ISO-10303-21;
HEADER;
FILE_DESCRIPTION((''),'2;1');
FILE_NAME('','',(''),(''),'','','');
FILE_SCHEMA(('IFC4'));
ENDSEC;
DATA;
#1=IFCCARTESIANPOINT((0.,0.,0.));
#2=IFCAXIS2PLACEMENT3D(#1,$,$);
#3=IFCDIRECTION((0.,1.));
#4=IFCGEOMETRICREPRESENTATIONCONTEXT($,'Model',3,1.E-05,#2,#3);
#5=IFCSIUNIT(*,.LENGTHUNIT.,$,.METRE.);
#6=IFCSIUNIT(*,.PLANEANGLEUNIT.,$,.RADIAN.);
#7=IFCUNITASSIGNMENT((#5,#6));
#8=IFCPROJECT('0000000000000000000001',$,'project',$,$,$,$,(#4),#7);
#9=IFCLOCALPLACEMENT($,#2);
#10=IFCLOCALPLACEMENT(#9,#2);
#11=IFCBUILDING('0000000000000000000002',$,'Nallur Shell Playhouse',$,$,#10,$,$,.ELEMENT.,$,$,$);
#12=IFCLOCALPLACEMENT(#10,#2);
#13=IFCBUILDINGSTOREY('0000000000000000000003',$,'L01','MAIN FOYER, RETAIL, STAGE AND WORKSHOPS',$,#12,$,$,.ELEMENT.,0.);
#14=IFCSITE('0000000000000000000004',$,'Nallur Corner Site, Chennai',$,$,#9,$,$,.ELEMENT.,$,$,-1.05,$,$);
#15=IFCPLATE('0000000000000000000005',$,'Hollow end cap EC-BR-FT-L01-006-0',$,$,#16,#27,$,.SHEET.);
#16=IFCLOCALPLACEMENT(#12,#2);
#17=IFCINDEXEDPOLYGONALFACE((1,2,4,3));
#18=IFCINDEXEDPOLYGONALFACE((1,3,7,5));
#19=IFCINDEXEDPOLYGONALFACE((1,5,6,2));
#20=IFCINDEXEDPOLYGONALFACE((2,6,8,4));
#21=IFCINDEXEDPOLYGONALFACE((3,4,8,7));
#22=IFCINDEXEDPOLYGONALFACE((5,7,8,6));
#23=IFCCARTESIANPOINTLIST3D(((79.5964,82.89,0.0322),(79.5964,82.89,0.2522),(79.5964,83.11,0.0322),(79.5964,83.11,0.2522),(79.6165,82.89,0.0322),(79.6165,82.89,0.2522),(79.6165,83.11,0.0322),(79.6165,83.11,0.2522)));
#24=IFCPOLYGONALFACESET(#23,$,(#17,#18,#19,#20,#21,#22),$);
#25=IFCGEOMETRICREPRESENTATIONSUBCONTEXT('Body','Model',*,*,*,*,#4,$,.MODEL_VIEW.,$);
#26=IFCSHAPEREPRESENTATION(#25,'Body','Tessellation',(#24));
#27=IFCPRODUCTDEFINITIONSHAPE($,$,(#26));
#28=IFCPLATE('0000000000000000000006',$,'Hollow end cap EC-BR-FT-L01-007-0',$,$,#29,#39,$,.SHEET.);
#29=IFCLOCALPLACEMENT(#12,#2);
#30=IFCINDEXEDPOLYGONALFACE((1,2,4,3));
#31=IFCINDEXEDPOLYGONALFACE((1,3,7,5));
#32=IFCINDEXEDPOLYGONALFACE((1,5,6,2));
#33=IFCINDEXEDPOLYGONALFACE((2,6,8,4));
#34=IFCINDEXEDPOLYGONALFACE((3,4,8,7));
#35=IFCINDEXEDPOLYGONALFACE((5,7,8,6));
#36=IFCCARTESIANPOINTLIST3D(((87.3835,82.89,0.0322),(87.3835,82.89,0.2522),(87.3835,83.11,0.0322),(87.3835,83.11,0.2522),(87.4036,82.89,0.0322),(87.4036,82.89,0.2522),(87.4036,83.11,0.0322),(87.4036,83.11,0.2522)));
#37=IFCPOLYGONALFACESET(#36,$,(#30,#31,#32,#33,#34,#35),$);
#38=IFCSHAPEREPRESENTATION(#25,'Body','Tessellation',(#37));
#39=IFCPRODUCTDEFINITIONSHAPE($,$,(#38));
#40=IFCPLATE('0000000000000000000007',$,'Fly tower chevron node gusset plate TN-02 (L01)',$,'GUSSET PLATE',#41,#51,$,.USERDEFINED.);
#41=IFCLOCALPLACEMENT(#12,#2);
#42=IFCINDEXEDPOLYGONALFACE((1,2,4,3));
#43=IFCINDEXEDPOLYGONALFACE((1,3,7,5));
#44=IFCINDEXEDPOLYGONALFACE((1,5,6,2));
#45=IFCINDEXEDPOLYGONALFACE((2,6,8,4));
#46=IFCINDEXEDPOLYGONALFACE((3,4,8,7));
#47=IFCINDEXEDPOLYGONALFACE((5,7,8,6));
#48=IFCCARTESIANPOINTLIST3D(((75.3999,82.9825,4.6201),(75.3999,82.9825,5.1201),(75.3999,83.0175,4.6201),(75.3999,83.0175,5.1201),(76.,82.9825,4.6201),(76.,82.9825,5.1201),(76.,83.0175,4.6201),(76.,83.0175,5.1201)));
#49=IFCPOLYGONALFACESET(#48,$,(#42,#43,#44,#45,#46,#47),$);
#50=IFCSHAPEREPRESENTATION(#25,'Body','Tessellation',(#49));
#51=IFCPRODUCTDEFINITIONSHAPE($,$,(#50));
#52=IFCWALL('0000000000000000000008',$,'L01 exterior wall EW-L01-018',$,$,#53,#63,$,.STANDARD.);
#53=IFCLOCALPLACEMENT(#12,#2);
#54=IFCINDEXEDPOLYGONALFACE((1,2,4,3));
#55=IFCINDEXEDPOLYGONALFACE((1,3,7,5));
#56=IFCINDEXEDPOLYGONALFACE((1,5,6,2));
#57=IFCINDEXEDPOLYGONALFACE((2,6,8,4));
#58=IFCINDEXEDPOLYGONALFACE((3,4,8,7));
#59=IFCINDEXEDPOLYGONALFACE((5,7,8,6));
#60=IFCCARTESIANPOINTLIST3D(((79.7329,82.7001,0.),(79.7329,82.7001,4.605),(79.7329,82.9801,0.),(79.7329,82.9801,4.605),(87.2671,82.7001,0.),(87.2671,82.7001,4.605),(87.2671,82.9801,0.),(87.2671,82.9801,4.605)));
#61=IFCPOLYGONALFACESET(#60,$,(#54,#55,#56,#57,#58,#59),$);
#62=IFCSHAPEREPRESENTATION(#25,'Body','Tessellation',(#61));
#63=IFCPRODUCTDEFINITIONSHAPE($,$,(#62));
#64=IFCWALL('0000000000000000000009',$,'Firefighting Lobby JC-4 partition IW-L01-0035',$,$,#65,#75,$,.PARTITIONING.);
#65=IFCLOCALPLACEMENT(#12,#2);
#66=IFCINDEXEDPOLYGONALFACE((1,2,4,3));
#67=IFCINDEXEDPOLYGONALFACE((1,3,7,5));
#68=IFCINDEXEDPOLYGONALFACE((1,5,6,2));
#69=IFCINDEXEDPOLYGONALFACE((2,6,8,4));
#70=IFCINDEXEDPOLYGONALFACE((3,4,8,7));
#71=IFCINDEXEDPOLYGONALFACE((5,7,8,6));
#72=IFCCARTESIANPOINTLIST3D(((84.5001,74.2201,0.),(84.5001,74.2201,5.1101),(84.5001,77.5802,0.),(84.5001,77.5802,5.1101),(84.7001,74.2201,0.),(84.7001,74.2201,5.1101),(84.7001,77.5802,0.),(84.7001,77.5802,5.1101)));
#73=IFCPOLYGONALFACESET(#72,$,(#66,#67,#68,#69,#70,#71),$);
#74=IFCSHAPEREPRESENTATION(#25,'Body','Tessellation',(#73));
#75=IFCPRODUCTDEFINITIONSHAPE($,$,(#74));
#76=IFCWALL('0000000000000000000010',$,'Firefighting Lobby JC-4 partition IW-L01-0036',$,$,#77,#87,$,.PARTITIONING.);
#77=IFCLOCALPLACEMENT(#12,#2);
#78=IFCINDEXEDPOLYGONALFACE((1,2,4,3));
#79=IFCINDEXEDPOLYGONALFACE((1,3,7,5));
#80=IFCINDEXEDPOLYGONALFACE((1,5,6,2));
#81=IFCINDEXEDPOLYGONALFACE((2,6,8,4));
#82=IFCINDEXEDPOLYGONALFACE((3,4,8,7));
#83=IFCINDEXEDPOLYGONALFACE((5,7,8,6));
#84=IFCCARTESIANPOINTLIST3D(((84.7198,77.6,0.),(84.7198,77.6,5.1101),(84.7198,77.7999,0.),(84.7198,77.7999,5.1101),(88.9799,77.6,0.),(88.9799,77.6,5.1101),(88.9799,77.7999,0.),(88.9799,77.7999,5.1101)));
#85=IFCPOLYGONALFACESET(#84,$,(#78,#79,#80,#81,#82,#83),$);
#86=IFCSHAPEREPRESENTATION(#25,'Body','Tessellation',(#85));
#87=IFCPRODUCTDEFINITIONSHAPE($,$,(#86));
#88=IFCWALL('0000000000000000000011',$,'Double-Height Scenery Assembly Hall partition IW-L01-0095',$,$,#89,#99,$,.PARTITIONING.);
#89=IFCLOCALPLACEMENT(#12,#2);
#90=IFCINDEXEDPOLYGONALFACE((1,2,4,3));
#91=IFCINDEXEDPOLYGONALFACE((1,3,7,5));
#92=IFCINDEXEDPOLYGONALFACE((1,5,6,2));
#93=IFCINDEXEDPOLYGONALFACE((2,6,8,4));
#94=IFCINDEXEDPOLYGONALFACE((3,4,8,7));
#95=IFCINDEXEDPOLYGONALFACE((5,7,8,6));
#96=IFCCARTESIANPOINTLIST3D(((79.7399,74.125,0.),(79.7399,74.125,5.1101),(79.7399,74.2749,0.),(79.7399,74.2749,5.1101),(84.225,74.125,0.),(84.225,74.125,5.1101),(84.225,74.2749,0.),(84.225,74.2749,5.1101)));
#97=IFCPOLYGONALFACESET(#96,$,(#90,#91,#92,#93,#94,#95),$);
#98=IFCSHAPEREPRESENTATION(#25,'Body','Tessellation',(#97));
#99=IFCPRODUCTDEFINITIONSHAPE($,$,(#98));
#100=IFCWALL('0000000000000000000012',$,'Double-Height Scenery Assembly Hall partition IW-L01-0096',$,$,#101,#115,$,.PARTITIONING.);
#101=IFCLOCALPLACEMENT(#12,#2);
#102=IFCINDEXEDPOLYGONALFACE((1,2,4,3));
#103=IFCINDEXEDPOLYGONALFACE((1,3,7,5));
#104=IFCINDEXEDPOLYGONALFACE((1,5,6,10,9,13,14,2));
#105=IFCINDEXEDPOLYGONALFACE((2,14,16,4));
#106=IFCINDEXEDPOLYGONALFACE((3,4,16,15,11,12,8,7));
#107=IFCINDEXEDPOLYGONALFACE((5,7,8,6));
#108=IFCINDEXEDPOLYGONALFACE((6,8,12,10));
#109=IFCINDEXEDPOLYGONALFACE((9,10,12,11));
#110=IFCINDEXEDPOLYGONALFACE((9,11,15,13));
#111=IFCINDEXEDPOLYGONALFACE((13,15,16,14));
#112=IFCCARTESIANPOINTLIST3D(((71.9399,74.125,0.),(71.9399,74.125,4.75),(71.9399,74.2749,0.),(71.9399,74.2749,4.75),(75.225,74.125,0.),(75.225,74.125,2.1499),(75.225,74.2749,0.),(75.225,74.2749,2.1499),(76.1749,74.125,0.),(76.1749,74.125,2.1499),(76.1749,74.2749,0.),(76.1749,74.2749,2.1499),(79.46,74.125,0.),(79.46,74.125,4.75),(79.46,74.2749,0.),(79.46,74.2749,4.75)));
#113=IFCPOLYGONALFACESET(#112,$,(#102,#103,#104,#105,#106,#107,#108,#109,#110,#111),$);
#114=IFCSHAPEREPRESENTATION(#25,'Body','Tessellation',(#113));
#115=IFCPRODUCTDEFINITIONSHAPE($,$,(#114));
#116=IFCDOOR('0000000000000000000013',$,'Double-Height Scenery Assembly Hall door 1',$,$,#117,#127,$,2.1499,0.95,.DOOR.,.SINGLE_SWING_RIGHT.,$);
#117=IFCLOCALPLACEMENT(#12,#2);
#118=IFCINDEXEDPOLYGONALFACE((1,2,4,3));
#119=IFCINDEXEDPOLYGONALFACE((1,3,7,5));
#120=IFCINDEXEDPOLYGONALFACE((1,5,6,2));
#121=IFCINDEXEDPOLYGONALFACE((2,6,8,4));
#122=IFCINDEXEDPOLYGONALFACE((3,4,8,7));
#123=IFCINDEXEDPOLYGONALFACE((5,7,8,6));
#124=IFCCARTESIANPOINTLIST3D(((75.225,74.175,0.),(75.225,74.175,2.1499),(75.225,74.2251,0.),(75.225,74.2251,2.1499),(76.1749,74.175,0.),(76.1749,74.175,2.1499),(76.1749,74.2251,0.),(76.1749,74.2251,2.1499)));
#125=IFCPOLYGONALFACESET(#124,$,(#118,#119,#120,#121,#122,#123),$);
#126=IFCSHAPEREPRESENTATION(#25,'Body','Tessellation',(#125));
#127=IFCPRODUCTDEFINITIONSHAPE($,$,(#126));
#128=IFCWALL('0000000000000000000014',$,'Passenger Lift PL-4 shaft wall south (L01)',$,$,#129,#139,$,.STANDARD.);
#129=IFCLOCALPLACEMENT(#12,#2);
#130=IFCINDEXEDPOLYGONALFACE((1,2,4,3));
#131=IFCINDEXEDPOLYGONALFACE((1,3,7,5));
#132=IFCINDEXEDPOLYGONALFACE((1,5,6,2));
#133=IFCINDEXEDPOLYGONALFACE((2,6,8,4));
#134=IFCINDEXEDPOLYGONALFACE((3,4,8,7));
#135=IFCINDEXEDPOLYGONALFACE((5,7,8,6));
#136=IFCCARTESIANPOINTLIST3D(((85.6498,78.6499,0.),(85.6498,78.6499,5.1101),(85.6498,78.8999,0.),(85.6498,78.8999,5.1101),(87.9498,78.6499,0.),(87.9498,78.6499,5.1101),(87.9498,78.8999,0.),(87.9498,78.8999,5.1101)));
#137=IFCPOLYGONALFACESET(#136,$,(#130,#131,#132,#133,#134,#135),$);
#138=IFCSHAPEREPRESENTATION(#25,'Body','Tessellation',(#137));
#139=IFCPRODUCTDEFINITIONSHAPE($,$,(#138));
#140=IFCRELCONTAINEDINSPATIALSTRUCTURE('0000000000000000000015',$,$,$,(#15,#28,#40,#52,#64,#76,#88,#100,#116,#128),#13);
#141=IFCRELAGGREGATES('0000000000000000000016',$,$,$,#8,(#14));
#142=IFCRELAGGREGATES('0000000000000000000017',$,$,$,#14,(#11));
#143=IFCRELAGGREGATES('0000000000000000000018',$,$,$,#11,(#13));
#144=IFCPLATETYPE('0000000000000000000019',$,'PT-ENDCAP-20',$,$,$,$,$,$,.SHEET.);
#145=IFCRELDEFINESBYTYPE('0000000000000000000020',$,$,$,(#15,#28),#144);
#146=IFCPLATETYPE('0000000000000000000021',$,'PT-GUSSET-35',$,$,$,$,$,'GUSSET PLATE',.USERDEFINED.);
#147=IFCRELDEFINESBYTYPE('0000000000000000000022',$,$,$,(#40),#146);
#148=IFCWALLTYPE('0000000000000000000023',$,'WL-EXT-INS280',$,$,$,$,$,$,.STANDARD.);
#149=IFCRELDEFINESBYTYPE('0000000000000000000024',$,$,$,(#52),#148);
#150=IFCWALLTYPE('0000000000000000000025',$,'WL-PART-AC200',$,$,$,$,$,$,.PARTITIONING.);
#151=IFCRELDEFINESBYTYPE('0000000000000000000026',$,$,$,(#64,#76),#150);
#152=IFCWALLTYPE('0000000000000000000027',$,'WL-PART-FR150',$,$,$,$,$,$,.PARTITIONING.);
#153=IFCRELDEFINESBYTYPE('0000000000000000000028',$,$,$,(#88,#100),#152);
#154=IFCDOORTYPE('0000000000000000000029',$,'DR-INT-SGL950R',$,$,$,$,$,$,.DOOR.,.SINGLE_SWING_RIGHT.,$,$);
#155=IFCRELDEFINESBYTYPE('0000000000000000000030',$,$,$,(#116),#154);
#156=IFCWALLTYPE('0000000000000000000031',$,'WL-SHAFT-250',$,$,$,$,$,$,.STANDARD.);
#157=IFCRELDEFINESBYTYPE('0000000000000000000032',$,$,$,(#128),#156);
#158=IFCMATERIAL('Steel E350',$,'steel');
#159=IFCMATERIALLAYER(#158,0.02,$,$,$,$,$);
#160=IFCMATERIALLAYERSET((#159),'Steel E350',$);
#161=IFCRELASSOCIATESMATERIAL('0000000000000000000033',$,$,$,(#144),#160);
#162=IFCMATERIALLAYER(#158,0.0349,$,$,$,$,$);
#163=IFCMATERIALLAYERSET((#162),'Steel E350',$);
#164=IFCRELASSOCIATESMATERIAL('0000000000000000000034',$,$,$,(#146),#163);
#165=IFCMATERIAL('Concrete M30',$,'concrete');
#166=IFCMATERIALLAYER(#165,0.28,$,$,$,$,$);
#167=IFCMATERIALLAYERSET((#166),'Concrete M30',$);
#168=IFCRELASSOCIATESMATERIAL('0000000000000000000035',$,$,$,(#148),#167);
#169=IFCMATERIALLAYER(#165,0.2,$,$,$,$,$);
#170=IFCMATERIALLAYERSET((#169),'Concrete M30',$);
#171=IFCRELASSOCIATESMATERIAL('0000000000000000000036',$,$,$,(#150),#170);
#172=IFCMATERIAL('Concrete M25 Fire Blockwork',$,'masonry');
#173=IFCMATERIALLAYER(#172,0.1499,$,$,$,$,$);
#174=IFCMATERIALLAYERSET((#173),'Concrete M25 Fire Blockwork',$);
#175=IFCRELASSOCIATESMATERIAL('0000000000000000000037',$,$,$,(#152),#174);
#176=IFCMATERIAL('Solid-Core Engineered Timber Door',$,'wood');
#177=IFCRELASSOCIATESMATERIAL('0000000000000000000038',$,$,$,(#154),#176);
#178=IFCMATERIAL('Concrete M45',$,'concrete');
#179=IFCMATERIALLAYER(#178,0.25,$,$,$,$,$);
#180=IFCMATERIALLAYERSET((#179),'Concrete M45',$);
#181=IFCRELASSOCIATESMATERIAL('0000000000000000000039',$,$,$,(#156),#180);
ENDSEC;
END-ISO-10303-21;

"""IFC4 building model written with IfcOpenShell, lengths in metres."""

from ifc_helpers import new_model, si_unit, direction, frame, frame_2d, origin, origin_2d, place, context, subcontext, project, spatial, rectangle, extrude, material, layer, layer_set, type_object, element, fill, save


model = new_model("IFC4")

# Units and contexts
model_context = context("Model", 3, precision=1e-05, world=origin(), true_north=direction((0.0, 1.0)))
body_context = subcontext(model_context, "Body", "Model", "MODEL_VIEW")
ifc_project = project(units=[si_unit("LENGTHUNIT", "METRE"), si_unit("PLANEANGLEUNIT", "RADIAN")], contexts=[model_context])

# Site, building, storey
site_placement = place(None, origin())
site = spatial("IfcSite", under=ifc_project, at=site_placement, Name="Nallur Corner Site, Chennai", CompositionType="ELEMENT", RefElevation=-1.05)
building_placement = place(site_placement, origin())
building = spatial("IfcBuilding", under=site, at=building_placement, Name="Nallur Shell Playhouse", CompositionType="ELEMENT")
storey_placement = place(building_placement, origin())
storey = spatial("IfcBuildingStorey", under=building, at=storey_placement, Name="L01", Description="MAIN FOYER, RETAIL, STAGE AND WORKSHOPS", CompositionType="ELEMENT", Elevation=0.0)

# Shared definitions
ifc_material_1 = material(Name="Steel E350", Category="steel")

# Plates
ifc_layer_1 = layer(ifc_material_1, 0.02)
ifc_layer_set_1 = layer_set([ifc_layer_1], Name="Steel E350")
plate_type_1 = type_object("IfcPlateType", Name="PT-ENDCAP-20", PredefinedType="SHEET", material=ifc_layer_set_1)
for number, where, z_axis, x_axis, name in (
    (1, (79.6064, 83.0, 0.0322), (0.0, 0.0, 1.0), (1.0, 0.0, 0.0), "Hollow end cap EC-BR-FT-L01-006-0"),
    (2, (87.3936, 83.0, 0.0322), (0.0, 0.0, 1.0), (1.0, 0.0, 0.0), "Hollow end cap EC-BR-FT-L01-007-0"),
):
    element("IfcPlate", number, at=place(storey_placement, frame(where, z_axis=z_axis, x_axis=x_axis)), inside=storey, type_object=plate_type_1, Name=name, PredefinedType="SHEET", context=body_context, shape_type="SweptSolid", body=[
        extrude(rectangle(XDim=0.02, YDim=0.22, at=origin_2d()), origin(), (0.0, 0.0, 1.0), 0.22),
    ])
ifc_layer_2 = layer(ifc_material_1, 0.0349)
ifc_layer_set_2 = layer_set([ifc_layer_2], Name="Steel E350")
plate_type_2 = type_object("IfcPlateType", Name="PT-GUSSET-35", ElementType="GUSSET PLATE", PredefinedType="USERDEFINED", material=ifc_layer_set_2)
plate_placement = place(storey_placement, frame((75.7, 83.0, 4.6201), z_axis=(0.0, 0.0, 1.0), x_axis=(1.0, 0.0, 0.0)))
element("IfcPlate", 3, at=plate_placement, inside=storey, type_object=plate_type_2, Name="Fly tower chevron node gusset plate TN-02 (L01)", ObjectType="GUSSET PLATE", PredefinedType="USERDEFINED", context=body_context, shape_type="SweptSolid", body=[
    extrude(rectangle(XDim=0.6001, YDim=0.0349, at=origin_2d()), origin(), (0.0, 0.0, 1.0), 0.5),
])

# Walls
ifc_material_2 = material(Name="Concrete M30", Category="concrete")
ifc_layer_3 = layer(ifc_material_2, 0.28)
ifc_layer_set_3 = layer_set([ifc_layer_3], Name="Concrete M30")
wall_type_1 = type_object("IfcWallType", Name="WL-EXT-INS280", PredefinedType="STANDARD", material=ifc_layer_set_3)
wall_1_placement = place(storey_placement, frame((79.7329, 82.8401, 0.0), z_axis=(0.0, 0.0, 1.0), x_axis=(1.0, 0.0, 0.0)))
element("IfcWall", 4, at=wall_1_placement, inside=storey, type_object=wall_type_1, Name="L01 exterior wall EW-L01-018", PredefinedType="STANDARD", context=body_context, shape_type="SweptSolid", body=[
    extrude(rectangle(XDim=7.5342, YDim=0.28, at=frame_2d((3.7671, 0.0))), origin(), (0.0, 0.0, 1.0), 4.605),
])
ifc_layer_4 = layer(ifc_material_2, 0.2)
ifc_layer_set_4 = layer_set([ifc_layer_4], Name="Concrete M30")
wall_type_2 = type_object("IfcWallType", Name="WL-PART-AC200", PredefinedType="PARTITIONING", material=ifc_layer_set_4)
wall_2_placement = place(storey_placement, frame((84.6001, 74.22, 0.0), z_axis=(0.0, 0.0, 1.0), x_axis=(0.0, 1.0, 0.0)))
element("IfcWall", 5, at=wall_2_placement, inside=storey, type_object=wall_type_2, Name="Firefighting Lobby JC-4 partition IW-L01-0035", PredefinedType="PARTITIONING", context=body_context, shape_type="SweptSolid", body=[
    extrude(rectangle(XDim=3.3601, YDim=0.2, at=frame_2d((1.6802, 0.0))), origin(), (0.0, 0.0, 1.0), 5.1101),
])
wall_3_placement = place(storey_placement, frame((84.72, 77.7, 0.0), z_axis=(0.0, 0.0, 1.0), x_axis=(1.0, 0.0, 0.0)))
element("IfcWall", 6, at=wall_3_placement, inside=storey, type_object=wall_type_2, Name="Firefighting Lobby JC-4 partition IW-L01-0036", PredefinedType="PARTITIONING", context=body_context, shape_type="SweptSolid", body=[
    extrude(rectangle(XDim=4.26, YDim=0.2, at=frame_2d((2.1299, 0.0))), origin(), (0.0, 0.0, 1.0), 5.1101),
])
ifc_material_3 = material(Name="Concrete M25 Fire Blockwork", Category="masonry")
ifc_layer_5 = layer(ifc_material_3, 0.1499)
ifc_layer_set_5 = layer_set([ifc_layer_5], Name="Concrete M25 Fire Blockwork")
wall_type_3 = type_object("IfcWallType", Name="WL-PART-FR150", PredefinedType="PARTITIONING", material=ifc_layer_set_5)
wall_4_placement = place(storey_placement, frame((84.2251, 74.2, 0.0), z_axis=(0.0, 0.0, 1.0), x_axis=(-1.0, 0.0, 0.0)))
element("IfcWall", 7, at=wall_4_placement, inside=storey, type_object=wall_type_3, Name="Double-Height Scenery Assembly Hall partition IW-L01-0095", PredefinedType="PARTITIONING", context=body_context, shape_type="SweptSolid", body=[
    extrude(rectangle(XDim=4.4851, YDim=0.1499, at=frame_2d((2.2427, 0.0))), origin(), (0.0, 0.0, 1.0), 5.1101),
])

# Wall, opening, door
wall_5_placement = place(storey_placement, frame((79.46, 74.2, 0.0), z_axis=(0.0, 0.0, 1.0), x_axis=(-1.0, 0.0, 0.0)))
wall_5 = element("IfcWall", 8, at=wall_5_placement, inside=storey, type_object=wall_type_3, Name="Double-Height Scenery Assembly Hall partition IW-L01-0096", PredefinedType="PARTITIONING", context=body_context, shape_type="SweptSolid", body=[
    extrude(rectangle(XDim=7.52, YDim=0.1499, at=frame_2d((3.76, 0.0))), origin(), (0.0, 0.0, 1.0), 4.75),
])
opening_1_placement = place(wall_5_placement, frame((3.2849, 0.0, 0.0)))
opening_1 = element("IfcOpeningElement", 9, at=opening_1_placement, cuts=wall_5, PredefinedType="OPENING", context=body_context, shape_type="SweptSolid", body=[
    extrude(rectangle(XDim=0.95, YDim=2.1499, at=frame_2d((0.4751, 1.075))), frame((0.0, 0.085, 0.0), z_axis=(0.0, -1.0, 0.0), x_axis=(1.0, 0.0, 0.0)), (0.0, 0.0, 1.0), 0.1699),
])
ifc_material_4 = material(Name="Solid-Core Engineered Timber Door", Category="wood")
door_type_1 = type_object("IfcDoorType", Name="DR-INT-SGL950R", OperationType="SINGLE_SWING_RIGHT", PredefinedType="DOOR", material=ifc_material_4)
door_1_placement = place(opening_1_placement, origin())
door_1 = element("IfcDoor", 10, at=door_1_placement, inside=storey, type_object=door_type_1, Name="Double-Height Scenery Assembly Hall door 1", OperationType="SINGLE_SWING_RIGHT", OverallHeight=2.1499, OverallWidth=0.95, PredefinedType="DOOR", context=body_context, shape_type="SweptSolid", body=[
    extrude(rectangle(XDim=0.95, YDim=2.1499, at=frame_2d((0.4751, 1.075))), frame((0.0, 0.0249, 0.0), z_axis=(0.0, -1.0, 0.0), x_axis=(1.0, 0.0, 0.0)), (0.0, 0.0, 1.0), 0.05),
])
fill(opening_1, door_1)

# Wall
ifc_material_5 = material(Name="Concrete M45", Category="concrete")
ifc_layer_6 = layer(ifc_material_5, 0.25)
ifc_layer_set_6 = layer_set([ifc_layer_6], Name="Concrete M45")
wall_type_4 = type_object("IfcWallType", Name="WL-SHAFT-250", PredefinedType="STANDARD", material=ifc_layer_set_6)
wall_6_placement = place(storey_placement, frame((85.6499, 78.7749, 0.0), z_axis=(0.0, 0.0, 1.0), x_axis=(1.0, 0.0, 0.0)))
element("IfcWall", 11, at=wall_6_placement, inside=storey, type_object=wall_type_4, Name="Passenger Lift PL-4 shaft wall south (L01)", PredefinedType="STANDARD", context=body_context, shape_type="SweptSolid", body=[
    extrude(rectangle(XDim=2.3, YDim=0.25, at=frame_2d((1.1499, 0.0))), origin(), (0.0, 0.0, 1.0), 5.1101),
])

save(model, "model.ifc")
